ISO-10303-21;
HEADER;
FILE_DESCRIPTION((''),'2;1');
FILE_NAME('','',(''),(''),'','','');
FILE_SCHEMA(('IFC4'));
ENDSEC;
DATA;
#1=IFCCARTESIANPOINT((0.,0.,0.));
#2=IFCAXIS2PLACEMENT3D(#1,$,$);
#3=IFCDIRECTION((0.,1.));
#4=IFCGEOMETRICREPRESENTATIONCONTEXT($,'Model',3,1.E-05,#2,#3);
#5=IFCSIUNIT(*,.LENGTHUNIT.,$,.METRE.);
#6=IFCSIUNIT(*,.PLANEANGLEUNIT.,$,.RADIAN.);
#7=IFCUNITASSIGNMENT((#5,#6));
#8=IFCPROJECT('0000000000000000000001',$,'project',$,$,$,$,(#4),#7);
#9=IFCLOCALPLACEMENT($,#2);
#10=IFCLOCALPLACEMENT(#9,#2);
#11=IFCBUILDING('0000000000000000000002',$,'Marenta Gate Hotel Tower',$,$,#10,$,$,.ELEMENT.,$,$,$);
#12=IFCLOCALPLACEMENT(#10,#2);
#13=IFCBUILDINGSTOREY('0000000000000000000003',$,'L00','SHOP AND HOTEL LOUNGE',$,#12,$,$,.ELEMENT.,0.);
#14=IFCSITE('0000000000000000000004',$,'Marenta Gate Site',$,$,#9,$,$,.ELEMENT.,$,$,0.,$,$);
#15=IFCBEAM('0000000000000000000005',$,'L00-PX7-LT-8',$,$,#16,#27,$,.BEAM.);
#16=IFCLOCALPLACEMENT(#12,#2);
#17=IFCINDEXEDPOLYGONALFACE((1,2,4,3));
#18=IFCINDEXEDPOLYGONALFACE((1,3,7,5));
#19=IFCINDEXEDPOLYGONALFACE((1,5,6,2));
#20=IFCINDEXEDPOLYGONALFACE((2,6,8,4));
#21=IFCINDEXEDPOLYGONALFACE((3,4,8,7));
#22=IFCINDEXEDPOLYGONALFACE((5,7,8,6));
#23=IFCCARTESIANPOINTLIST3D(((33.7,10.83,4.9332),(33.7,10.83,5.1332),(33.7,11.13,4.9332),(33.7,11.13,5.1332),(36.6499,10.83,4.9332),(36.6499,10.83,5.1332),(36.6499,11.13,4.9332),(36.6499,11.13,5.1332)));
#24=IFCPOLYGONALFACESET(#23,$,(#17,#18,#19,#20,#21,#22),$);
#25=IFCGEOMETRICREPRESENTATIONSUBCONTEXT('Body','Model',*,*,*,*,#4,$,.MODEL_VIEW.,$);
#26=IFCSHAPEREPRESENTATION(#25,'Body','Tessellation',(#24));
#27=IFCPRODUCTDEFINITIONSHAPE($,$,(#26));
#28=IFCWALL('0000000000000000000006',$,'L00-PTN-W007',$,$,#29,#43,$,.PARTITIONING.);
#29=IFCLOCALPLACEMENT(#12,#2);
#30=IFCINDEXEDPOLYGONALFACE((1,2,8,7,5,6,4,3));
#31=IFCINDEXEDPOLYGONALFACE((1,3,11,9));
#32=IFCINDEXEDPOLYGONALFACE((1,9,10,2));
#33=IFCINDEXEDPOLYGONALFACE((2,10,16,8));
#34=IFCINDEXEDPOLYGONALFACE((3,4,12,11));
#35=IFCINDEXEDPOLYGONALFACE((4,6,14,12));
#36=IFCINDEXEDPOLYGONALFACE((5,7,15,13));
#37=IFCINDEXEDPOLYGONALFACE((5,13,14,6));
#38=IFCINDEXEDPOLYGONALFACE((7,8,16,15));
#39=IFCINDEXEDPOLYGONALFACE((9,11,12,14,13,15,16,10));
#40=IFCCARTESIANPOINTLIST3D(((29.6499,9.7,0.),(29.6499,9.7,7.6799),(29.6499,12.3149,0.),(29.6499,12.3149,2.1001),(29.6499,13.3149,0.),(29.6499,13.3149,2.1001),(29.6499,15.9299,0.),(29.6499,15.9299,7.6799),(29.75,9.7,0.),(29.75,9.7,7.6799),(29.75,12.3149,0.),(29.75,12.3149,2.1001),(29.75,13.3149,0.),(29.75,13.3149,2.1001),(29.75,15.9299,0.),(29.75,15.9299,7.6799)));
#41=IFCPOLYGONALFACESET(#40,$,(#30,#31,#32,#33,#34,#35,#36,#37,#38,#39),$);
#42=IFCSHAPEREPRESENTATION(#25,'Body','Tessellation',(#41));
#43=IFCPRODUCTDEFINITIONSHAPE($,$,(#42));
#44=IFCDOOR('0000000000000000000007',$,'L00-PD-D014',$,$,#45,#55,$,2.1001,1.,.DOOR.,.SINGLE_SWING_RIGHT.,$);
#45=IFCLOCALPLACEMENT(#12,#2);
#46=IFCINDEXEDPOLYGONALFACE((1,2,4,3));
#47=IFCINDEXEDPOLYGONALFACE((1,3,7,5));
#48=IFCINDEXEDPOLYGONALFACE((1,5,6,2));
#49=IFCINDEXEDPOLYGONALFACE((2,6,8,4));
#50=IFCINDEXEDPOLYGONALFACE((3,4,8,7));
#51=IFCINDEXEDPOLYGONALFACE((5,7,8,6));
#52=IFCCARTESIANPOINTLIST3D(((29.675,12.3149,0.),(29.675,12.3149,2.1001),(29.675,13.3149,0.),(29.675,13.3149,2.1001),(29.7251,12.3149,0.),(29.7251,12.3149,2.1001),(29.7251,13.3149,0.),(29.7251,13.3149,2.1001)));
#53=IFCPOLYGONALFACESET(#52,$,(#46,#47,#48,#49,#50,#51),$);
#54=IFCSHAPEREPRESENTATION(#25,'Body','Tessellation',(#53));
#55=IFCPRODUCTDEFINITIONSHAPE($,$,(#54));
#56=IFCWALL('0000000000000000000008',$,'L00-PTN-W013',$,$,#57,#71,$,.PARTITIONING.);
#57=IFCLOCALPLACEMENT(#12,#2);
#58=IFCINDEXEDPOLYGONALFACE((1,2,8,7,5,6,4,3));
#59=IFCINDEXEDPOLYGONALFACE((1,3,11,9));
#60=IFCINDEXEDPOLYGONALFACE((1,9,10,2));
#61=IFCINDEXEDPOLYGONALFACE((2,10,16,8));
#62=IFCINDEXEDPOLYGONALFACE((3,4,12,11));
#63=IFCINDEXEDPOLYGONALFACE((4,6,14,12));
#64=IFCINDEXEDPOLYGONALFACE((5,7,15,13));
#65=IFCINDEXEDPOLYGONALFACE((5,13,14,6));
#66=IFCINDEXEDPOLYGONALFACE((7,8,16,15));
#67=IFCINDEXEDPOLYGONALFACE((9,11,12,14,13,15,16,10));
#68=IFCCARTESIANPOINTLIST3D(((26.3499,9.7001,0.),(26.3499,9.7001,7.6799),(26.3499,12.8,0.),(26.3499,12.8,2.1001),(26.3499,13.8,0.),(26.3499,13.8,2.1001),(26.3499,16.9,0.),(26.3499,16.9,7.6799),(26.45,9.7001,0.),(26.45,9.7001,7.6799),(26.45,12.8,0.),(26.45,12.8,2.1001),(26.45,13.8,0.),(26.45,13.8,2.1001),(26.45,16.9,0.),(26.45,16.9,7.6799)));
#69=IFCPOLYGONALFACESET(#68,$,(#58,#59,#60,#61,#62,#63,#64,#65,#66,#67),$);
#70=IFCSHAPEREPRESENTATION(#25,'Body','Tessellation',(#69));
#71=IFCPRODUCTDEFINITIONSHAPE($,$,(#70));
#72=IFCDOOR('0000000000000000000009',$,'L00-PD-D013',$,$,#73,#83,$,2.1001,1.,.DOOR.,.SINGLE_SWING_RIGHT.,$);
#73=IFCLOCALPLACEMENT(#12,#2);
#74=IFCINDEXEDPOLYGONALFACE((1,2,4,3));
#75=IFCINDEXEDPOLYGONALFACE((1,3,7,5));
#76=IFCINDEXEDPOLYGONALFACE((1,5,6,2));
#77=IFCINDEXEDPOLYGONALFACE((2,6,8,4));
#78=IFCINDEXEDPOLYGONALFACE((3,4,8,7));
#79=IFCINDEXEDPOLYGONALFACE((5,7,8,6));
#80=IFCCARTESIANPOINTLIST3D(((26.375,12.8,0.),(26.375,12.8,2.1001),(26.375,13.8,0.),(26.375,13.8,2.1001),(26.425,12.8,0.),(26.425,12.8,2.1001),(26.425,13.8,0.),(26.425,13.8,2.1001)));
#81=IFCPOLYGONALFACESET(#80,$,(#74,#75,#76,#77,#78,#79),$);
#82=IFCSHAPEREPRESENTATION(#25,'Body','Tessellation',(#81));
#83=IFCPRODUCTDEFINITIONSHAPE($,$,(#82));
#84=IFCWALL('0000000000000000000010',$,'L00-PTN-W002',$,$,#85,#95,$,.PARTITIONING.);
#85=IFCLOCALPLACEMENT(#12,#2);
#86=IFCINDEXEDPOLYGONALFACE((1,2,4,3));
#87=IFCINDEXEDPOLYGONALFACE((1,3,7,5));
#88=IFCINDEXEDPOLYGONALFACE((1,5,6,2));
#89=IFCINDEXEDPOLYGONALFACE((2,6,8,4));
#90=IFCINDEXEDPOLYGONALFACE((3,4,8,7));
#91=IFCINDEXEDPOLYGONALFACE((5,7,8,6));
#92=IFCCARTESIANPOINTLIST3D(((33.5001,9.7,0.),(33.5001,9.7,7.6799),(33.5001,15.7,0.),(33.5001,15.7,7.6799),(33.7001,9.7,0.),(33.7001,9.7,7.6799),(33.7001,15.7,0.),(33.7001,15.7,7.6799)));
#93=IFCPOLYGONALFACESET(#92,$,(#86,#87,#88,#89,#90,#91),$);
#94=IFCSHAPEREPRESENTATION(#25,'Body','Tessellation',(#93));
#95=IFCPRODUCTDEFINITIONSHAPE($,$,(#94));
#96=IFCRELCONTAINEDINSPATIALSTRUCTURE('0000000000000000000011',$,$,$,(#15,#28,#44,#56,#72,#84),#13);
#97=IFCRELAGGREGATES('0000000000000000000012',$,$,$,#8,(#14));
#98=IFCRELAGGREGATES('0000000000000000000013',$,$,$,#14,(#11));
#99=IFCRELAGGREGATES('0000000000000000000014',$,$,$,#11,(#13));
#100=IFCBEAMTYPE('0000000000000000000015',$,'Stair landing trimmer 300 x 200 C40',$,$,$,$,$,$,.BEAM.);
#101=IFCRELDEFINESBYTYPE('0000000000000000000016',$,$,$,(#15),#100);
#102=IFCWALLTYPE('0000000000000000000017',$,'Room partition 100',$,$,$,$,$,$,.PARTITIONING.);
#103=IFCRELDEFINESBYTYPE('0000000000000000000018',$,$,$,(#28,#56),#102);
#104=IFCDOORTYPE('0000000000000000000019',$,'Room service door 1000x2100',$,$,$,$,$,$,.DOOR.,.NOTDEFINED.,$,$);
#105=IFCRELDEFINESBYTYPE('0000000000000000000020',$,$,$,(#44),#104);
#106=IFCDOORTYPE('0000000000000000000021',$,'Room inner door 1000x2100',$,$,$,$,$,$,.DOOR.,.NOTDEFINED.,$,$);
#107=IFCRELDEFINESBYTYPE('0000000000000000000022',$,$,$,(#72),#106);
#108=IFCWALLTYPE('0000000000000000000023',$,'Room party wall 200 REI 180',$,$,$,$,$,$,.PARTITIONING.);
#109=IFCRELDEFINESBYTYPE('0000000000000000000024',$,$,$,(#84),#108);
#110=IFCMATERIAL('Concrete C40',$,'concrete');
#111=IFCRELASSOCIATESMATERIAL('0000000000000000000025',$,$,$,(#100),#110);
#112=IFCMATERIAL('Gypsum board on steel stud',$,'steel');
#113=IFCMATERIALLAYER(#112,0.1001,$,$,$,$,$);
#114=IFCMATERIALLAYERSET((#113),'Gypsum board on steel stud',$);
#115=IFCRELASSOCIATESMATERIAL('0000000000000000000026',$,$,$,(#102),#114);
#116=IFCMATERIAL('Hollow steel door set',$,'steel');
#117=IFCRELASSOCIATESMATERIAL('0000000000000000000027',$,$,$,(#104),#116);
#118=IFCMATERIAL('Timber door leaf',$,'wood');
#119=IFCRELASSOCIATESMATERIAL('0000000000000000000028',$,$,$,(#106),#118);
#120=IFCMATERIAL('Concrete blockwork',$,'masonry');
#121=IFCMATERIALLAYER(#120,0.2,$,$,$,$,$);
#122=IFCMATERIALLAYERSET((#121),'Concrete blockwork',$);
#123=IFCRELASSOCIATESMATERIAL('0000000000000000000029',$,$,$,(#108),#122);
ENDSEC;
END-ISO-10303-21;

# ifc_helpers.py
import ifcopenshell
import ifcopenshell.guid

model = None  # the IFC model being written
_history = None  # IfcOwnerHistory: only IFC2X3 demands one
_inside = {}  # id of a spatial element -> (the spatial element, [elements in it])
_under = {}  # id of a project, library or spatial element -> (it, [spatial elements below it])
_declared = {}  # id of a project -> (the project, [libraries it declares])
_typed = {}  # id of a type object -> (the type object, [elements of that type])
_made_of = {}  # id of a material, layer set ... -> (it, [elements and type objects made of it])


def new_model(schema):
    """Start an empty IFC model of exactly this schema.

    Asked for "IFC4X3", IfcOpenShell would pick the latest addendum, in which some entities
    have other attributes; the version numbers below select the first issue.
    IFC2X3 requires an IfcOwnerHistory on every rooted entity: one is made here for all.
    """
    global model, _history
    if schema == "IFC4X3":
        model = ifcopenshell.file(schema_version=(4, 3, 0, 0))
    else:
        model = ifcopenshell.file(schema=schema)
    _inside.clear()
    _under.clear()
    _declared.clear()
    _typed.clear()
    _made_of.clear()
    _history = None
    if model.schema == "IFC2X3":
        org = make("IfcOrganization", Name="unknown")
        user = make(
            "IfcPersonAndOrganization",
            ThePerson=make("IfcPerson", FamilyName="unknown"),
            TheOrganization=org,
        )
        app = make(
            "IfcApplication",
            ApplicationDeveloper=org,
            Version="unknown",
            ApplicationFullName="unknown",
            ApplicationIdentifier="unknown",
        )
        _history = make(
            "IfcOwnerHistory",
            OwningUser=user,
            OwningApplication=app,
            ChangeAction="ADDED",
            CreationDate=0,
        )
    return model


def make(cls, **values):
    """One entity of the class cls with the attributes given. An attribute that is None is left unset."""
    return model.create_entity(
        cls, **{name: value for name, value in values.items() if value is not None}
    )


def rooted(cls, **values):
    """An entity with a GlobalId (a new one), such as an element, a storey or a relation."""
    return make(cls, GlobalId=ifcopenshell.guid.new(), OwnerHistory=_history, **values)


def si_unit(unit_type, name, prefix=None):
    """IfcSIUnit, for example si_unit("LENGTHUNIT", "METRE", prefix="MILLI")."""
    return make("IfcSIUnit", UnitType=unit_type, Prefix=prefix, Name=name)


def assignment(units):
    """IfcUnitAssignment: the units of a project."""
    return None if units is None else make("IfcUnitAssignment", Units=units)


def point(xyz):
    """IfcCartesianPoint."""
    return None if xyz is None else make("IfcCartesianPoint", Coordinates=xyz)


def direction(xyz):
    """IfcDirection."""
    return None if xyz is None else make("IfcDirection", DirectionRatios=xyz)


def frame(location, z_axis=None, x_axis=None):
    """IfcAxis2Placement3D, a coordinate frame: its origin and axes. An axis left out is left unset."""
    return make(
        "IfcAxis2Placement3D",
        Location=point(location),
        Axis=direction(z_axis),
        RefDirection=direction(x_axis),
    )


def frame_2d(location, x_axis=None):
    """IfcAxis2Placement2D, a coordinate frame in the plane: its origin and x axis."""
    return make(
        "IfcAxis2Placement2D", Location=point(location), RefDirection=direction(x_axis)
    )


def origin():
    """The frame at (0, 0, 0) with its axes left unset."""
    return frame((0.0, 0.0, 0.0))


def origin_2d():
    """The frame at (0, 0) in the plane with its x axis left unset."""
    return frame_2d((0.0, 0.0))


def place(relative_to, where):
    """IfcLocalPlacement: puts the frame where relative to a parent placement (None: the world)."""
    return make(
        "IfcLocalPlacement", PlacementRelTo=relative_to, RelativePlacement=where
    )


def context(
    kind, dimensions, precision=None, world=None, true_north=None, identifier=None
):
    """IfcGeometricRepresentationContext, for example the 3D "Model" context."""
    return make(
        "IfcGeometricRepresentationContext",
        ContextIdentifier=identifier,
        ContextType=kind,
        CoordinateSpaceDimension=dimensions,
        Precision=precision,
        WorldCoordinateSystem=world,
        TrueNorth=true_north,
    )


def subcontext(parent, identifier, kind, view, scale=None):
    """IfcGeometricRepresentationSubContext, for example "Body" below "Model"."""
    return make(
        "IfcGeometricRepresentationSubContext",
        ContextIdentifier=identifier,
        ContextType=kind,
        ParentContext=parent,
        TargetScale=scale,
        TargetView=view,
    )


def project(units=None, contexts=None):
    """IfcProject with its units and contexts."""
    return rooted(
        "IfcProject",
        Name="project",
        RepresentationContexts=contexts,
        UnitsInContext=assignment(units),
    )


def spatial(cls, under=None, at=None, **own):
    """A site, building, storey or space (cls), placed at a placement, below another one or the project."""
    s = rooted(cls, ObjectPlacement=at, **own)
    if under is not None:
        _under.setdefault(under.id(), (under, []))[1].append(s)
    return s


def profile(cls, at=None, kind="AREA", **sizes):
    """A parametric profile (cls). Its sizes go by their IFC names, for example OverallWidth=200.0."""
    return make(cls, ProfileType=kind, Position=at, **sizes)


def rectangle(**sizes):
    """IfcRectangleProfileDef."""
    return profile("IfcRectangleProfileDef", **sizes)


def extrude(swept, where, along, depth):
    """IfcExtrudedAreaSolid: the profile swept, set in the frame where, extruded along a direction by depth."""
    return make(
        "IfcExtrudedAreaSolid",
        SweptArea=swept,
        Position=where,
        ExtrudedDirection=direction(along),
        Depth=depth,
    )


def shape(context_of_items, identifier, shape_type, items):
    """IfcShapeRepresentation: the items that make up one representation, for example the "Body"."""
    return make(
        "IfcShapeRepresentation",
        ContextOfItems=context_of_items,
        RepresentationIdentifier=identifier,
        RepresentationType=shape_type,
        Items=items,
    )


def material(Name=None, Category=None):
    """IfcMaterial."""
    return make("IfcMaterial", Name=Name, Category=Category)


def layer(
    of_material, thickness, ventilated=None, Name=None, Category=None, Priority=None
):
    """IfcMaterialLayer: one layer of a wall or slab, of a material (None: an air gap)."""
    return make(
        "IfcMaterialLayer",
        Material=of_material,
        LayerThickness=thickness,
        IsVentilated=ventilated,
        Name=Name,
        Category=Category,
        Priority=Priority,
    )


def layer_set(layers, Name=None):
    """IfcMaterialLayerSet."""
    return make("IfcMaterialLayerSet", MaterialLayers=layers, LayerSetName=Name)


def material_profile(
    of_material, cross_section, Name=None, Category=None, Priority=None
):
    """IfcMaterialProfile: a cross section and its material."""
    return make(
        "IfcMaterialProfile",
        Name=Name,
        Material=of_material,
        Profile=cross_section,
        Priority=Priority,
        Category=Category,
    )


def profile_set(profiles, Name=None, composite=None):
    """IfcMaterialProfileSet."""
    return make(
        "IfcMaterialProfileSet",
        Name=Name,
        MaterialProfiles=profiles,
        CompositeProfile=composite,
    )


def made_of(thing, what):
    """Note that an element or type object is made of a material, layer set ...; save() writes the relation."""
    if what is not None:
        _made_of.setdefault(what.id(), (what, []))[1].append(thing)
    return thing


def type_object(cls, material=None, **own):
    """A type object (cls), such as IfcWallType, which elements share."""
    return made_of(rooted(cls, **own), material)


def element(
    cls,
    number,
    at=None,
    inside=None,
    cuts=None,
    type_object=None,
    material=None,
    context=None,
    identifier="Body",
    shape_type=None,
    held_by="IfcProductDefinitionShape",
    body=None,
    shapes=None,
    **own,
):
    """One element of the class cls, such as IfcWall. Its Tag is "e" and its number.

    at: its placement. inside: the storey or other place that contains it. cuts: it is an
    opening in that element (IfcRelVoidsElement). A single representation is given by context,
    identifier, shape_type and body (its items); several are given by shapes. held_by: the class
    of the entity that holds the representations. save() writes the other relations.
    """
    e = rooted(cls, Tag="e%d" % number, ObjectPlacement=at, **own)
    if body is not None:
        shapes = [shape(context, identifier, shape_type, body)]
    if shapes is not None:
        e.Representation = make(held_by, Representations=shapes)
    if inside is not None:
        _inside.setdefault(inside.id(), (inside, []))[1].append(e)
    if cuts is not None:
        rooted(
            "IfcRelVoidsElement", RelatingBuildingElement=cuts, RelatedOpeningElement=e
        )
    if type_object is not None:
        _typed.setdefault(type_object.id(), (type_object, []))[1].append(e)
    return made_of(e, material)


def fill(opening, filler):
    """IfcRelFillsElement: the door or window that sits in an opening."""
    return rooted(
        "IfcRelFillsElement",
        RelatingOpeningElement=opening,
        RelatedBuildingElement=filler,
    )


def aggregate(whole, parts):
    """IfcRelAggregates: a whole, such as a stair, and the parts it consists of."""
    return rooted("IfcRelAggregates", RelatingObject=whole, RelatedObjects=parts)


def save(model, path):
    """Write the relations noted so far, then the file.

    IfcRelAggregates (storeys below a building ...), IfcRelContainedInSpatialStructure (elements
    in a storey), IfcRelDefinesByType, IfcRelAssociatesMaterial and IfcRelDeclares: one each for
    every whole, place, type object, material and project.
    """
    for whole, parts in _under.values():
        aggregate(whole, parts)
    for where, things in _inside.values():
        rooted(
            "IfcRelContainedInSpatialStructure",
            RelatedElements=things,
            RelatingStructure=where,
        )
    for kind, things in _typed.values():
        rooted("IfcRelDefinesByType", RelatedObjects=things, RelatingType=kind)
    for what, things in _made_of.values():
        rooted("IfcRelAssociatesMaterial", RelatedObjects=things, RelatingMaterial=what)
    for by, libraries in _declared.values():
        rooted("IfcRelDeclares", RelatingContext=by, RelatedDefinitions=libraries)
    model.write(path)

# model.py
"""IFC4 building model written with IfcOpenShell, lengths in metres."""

from ifc_helpers import new_model, si_unit, direction, frame, frame_2d, origin, origin_2d, place, context, subcontext, project, spatial, rectangle, extrude, material, layer, layer_set, material_profile, profile_set, type_object, element, fill, save


model = new_model("IFC4")

# Units and contexts
model_context = context("Model", 3, precision=1e-05, world=origin(), true_north=direction((0.0, 1.0)))
body_context = subcontext(model_context, "Body", "Model", "MODEL_VIEW")
ifc_project = project(units=[si_unit("LENGTHUNIT", "METRE"), si_unit("PLANEANGLEUNIT", "RADIAN")], contexts=[model_context])

# Site, building, storey
site_placement = place(None, origin())
site = spatial("IfcSite", under=ifc_project, at=site_placement, Name="Marenta Gate Site", CompositionType="ELEMENT", RefElevation=0.0)
building_placement = place(site_placement, origin())
building = spatial("IfcBuilding", under=site, at=building_placement, Name="Marenta Gate Hotel Tower", CompositionType="ELEMENT")
storey_placement = place(building_placement, origin())
storey = spatial("IfcBuildingStorey", under=building, at=storey_placement, Name="L00", Description="SHOP AND HOTEL LOUNGE", CompositionType="ELEMENT", Elevation=0.0)

# Beam
ifc_material_1 = material(Name="Concrete C40", Category="concrete")
ifc_material_profile_1 = material_profile(ifc_material_1, rectangle(XDim=0.3, YDim=0.2, at=origin_2d()), Name="300 x 200")
ifc_profile_set_1 = profile_set([ifc_material_profile_1], Name="Concrete C40")
beam_type_1 = type_object("IfcBeamType", Name="Stair landing trimmer 300 x 200 C40", PredefinedType="BEAM", material=ifc_profile_set_1)
for number, where, z_axis, x_axis, name in (
    (1, (33.7, 10.98, 5.0332), (1.0, 0.0, 0.0), (0.0, 1.0, 0.0), "L00-PX7-LT-8"),
):
    element("IfcBeam", number, at=place(storey_placement, frame(where, z_axis=z_axis, x_axis=x_axis)), inside=storey, type_object=beam_type_1, Name=name, PredefinedType="BEAM", context=body_context, shape_type="SweptSolid", body=[
        extrude(rectangle(XDim=0.3, YDim=0.2, at=origin_2d()), origin(), (0.0, 0.0, 1.0), 2.95),
    ])

# Walls, openings, doors
ifc_material_2 = material(Name="Gypsum board on steel stud", Category="steel")
ifc_layer_1 = layer(ifc_material_2, 0.1001)
ifc_layer_set_1 = layer_set([ifc_layer_1], Name="Gypsum board on steel stud")
wall_type_1 = type_object("IfcWallType", Name="Room partition 100", PredefinedType="PARTITIONING", material=ifc_layer_set_1)
wall_1_placement = place(storey_placement, frame((29.7, 9.7, 0.0), z_axis=(0.0, 0.0, 1.0), x_axis=(0.0, 1.0, 0.0)))
wall_1 = element("IfcWall", 2, at=wall_1_placement, inside=storey, type_object=wall_type_1, Name="L00-PTN-W007", PredefinedType="PARTITIONING", context=body_context, shape_type="SweptSolid", body=[
    extrude(rectangle(XDim=6.23, YDim=0.1001, at=frame_2d((3.115, 0.0))), origin(), (0.0, 0.0, 1.0), 7.6799),
])
opening_1_placement = place(wall_1_placement, frame((2.615, 0.0, 0.0)))
opening_1 = element("IfcOpeningElement", 3, at=opening_1_placement, cuts=wall_1, PredefinedType="OPENING", context=body_context, shape_type="SweptSolid", body=[
    extrude(rectangle(XDim=1.0, YDim=2.1001, at=frame_2d((0.5, 1.05))), frame((0.0, 0.05, 0.0), z_axis=(0.0, -1.0, 0.0), x_axis=(1.0, 0.0, 0.0)), (0.0, 0.0, 1.0), 0.1001),
])
ifc_material_3 = material(Name="Hollow steel door set", Category="steel")
door_type_1 = type_object("IfcDoorType", Name="Room service door 1000x2100", OperationType="NOTDEFINED", PredefinedType="DOOR", material=ifc_material_3)
door_1_placement = place(opening_1_placement, origin())
door_1 = element("IfcDoor", 4, at=door_1_placement, inside=storey, type_object=door_type_1, Name="L00-PD-D014", OperationType="SINGLE_SWING_RIGHT", OverallHeight=2.1001, OverallWidth=1.0, PredefinedType="DOOR", context=body_context, shape_type="SweptSolid", body=[
    extrude(rectangle(XDim=1.0, YDim=2.1001, at=frame_2d((0.5, 1.05))), frame((0.0, 0.0249, 0.0), z_axis=(0.0, -1.0, 0.0), x_axis=(1.0, 0.0, 0.0)), (0.0, 0.0, 1.0), 0.05),
])
fill(opening_1, door_1)
wall_2_placement = place(storey_placement, frame((26.3999, 9.7, 0.0), z_axis=(0.0, 0.0, 1.0), x_axis=(0.0, 1.0, 0.0)))
wall_2 = element("IfcWall", 5, at=wall_2_placement, inside=storey, type_object=wall_type_1, Name="L00-PTN-W013", PredefinedType="PARTITIONING", context=body_context, shape_type="SweptSolid", body=[
    extrude(rectangle(XDim=7.2, YDim=0.1001, at=frame_2d((3.6001, 0.0))), origin(), (0.0, 0.0, 1.0), 7.6799),
])
opening_2_placement = place(wall_2_placement, frame((3.1001, 0.0, 0.0)))
opening_2 = element("IfcOpeningElement", 6, at=opening_2_placement, cuts=wall_2, PredefinedType="OPENING", context=body_context, shape_type="SweptSolid", body=[
    extrude(rectangle(XDim=1.0, YDim=2.1001, at=frame_2d((0.5, 1.05))), frame((0.0, 0.05, 0.0), z_axis=(0.0, -1.0, 0.0), x_axis=(1.0, 0.0, 0.0)), (0.0, 0.0, 1.0), 0.1001),
])
ifc_material_4 = material(Name="Timber door leaf", Category="wood")
door_type_2 = type_object("IfcDoorType", Name="Room inner door 1000x2100", OperationType="NOTDEFINED", PredefinedType="DOOR", material=ifc_material_4)
door_2_placement = place(opening_2_placement, origin())
door_2 = element("IfcDoor", 7, at=door_2_placement, inside=storey, type_object=door_type_2, Name="L00-PD-D013", OperationType="SINGLE_SWING_RIGHT", OverallHeight=2.1001, OverallWidth=1.0, PredefinedType="DOOR", context=body_context, shape_type="SweptSolid", body=[
    extrude(rectangle(XDim=1.0, YDim=2.1001, at=frame_2d((0.5, 1.05))), frame((0.0, 0.0249, 0.0), z_axis=(0.0, -1.0, 0.0), x_axis=(1.0, 0.0, 0.0)), (0.0, 0.0, 1.0), 0.05),
])
fill(opening_2, door_2)

# Wall
ifc_material_5 = material(Name="Concrete blockwork", Category="masonry")
ifc_layer_2 = layer(ifc_material_5, 0.2)
ifc_layer_set_2 = layer_set([ifc_layer_2], Name="Concrete blockwork")
wall_type_2 = type_object("IfcWallType", Name="Room party wall 200 REI 180", PredefinedType="PARTITIONING", material=ifc_layer_set_2)
wall_3_placement = place(storey_placement, frame((33.6001, 9.7, 0.0), z_axis=(0.0, 0.0, 1.0), x_axis=(0.0, 1.0, 0.0)))
element("IfcWall", 8, at=wall_3_placement, inside=storey, type_object=wall_type_2, Name="L00-PTN-W002", PredefinedType="PARTITIONING", context=body_context, shape_type="SweptSolid", body=[
    extrude(rectangle(XDim=6.0, YDim=0.2, at=frame_2d((3.0, 0.0))), origin(), (0.0, 0.0, 1.0), 7.6799),
])

save(model, "model.ifc")
